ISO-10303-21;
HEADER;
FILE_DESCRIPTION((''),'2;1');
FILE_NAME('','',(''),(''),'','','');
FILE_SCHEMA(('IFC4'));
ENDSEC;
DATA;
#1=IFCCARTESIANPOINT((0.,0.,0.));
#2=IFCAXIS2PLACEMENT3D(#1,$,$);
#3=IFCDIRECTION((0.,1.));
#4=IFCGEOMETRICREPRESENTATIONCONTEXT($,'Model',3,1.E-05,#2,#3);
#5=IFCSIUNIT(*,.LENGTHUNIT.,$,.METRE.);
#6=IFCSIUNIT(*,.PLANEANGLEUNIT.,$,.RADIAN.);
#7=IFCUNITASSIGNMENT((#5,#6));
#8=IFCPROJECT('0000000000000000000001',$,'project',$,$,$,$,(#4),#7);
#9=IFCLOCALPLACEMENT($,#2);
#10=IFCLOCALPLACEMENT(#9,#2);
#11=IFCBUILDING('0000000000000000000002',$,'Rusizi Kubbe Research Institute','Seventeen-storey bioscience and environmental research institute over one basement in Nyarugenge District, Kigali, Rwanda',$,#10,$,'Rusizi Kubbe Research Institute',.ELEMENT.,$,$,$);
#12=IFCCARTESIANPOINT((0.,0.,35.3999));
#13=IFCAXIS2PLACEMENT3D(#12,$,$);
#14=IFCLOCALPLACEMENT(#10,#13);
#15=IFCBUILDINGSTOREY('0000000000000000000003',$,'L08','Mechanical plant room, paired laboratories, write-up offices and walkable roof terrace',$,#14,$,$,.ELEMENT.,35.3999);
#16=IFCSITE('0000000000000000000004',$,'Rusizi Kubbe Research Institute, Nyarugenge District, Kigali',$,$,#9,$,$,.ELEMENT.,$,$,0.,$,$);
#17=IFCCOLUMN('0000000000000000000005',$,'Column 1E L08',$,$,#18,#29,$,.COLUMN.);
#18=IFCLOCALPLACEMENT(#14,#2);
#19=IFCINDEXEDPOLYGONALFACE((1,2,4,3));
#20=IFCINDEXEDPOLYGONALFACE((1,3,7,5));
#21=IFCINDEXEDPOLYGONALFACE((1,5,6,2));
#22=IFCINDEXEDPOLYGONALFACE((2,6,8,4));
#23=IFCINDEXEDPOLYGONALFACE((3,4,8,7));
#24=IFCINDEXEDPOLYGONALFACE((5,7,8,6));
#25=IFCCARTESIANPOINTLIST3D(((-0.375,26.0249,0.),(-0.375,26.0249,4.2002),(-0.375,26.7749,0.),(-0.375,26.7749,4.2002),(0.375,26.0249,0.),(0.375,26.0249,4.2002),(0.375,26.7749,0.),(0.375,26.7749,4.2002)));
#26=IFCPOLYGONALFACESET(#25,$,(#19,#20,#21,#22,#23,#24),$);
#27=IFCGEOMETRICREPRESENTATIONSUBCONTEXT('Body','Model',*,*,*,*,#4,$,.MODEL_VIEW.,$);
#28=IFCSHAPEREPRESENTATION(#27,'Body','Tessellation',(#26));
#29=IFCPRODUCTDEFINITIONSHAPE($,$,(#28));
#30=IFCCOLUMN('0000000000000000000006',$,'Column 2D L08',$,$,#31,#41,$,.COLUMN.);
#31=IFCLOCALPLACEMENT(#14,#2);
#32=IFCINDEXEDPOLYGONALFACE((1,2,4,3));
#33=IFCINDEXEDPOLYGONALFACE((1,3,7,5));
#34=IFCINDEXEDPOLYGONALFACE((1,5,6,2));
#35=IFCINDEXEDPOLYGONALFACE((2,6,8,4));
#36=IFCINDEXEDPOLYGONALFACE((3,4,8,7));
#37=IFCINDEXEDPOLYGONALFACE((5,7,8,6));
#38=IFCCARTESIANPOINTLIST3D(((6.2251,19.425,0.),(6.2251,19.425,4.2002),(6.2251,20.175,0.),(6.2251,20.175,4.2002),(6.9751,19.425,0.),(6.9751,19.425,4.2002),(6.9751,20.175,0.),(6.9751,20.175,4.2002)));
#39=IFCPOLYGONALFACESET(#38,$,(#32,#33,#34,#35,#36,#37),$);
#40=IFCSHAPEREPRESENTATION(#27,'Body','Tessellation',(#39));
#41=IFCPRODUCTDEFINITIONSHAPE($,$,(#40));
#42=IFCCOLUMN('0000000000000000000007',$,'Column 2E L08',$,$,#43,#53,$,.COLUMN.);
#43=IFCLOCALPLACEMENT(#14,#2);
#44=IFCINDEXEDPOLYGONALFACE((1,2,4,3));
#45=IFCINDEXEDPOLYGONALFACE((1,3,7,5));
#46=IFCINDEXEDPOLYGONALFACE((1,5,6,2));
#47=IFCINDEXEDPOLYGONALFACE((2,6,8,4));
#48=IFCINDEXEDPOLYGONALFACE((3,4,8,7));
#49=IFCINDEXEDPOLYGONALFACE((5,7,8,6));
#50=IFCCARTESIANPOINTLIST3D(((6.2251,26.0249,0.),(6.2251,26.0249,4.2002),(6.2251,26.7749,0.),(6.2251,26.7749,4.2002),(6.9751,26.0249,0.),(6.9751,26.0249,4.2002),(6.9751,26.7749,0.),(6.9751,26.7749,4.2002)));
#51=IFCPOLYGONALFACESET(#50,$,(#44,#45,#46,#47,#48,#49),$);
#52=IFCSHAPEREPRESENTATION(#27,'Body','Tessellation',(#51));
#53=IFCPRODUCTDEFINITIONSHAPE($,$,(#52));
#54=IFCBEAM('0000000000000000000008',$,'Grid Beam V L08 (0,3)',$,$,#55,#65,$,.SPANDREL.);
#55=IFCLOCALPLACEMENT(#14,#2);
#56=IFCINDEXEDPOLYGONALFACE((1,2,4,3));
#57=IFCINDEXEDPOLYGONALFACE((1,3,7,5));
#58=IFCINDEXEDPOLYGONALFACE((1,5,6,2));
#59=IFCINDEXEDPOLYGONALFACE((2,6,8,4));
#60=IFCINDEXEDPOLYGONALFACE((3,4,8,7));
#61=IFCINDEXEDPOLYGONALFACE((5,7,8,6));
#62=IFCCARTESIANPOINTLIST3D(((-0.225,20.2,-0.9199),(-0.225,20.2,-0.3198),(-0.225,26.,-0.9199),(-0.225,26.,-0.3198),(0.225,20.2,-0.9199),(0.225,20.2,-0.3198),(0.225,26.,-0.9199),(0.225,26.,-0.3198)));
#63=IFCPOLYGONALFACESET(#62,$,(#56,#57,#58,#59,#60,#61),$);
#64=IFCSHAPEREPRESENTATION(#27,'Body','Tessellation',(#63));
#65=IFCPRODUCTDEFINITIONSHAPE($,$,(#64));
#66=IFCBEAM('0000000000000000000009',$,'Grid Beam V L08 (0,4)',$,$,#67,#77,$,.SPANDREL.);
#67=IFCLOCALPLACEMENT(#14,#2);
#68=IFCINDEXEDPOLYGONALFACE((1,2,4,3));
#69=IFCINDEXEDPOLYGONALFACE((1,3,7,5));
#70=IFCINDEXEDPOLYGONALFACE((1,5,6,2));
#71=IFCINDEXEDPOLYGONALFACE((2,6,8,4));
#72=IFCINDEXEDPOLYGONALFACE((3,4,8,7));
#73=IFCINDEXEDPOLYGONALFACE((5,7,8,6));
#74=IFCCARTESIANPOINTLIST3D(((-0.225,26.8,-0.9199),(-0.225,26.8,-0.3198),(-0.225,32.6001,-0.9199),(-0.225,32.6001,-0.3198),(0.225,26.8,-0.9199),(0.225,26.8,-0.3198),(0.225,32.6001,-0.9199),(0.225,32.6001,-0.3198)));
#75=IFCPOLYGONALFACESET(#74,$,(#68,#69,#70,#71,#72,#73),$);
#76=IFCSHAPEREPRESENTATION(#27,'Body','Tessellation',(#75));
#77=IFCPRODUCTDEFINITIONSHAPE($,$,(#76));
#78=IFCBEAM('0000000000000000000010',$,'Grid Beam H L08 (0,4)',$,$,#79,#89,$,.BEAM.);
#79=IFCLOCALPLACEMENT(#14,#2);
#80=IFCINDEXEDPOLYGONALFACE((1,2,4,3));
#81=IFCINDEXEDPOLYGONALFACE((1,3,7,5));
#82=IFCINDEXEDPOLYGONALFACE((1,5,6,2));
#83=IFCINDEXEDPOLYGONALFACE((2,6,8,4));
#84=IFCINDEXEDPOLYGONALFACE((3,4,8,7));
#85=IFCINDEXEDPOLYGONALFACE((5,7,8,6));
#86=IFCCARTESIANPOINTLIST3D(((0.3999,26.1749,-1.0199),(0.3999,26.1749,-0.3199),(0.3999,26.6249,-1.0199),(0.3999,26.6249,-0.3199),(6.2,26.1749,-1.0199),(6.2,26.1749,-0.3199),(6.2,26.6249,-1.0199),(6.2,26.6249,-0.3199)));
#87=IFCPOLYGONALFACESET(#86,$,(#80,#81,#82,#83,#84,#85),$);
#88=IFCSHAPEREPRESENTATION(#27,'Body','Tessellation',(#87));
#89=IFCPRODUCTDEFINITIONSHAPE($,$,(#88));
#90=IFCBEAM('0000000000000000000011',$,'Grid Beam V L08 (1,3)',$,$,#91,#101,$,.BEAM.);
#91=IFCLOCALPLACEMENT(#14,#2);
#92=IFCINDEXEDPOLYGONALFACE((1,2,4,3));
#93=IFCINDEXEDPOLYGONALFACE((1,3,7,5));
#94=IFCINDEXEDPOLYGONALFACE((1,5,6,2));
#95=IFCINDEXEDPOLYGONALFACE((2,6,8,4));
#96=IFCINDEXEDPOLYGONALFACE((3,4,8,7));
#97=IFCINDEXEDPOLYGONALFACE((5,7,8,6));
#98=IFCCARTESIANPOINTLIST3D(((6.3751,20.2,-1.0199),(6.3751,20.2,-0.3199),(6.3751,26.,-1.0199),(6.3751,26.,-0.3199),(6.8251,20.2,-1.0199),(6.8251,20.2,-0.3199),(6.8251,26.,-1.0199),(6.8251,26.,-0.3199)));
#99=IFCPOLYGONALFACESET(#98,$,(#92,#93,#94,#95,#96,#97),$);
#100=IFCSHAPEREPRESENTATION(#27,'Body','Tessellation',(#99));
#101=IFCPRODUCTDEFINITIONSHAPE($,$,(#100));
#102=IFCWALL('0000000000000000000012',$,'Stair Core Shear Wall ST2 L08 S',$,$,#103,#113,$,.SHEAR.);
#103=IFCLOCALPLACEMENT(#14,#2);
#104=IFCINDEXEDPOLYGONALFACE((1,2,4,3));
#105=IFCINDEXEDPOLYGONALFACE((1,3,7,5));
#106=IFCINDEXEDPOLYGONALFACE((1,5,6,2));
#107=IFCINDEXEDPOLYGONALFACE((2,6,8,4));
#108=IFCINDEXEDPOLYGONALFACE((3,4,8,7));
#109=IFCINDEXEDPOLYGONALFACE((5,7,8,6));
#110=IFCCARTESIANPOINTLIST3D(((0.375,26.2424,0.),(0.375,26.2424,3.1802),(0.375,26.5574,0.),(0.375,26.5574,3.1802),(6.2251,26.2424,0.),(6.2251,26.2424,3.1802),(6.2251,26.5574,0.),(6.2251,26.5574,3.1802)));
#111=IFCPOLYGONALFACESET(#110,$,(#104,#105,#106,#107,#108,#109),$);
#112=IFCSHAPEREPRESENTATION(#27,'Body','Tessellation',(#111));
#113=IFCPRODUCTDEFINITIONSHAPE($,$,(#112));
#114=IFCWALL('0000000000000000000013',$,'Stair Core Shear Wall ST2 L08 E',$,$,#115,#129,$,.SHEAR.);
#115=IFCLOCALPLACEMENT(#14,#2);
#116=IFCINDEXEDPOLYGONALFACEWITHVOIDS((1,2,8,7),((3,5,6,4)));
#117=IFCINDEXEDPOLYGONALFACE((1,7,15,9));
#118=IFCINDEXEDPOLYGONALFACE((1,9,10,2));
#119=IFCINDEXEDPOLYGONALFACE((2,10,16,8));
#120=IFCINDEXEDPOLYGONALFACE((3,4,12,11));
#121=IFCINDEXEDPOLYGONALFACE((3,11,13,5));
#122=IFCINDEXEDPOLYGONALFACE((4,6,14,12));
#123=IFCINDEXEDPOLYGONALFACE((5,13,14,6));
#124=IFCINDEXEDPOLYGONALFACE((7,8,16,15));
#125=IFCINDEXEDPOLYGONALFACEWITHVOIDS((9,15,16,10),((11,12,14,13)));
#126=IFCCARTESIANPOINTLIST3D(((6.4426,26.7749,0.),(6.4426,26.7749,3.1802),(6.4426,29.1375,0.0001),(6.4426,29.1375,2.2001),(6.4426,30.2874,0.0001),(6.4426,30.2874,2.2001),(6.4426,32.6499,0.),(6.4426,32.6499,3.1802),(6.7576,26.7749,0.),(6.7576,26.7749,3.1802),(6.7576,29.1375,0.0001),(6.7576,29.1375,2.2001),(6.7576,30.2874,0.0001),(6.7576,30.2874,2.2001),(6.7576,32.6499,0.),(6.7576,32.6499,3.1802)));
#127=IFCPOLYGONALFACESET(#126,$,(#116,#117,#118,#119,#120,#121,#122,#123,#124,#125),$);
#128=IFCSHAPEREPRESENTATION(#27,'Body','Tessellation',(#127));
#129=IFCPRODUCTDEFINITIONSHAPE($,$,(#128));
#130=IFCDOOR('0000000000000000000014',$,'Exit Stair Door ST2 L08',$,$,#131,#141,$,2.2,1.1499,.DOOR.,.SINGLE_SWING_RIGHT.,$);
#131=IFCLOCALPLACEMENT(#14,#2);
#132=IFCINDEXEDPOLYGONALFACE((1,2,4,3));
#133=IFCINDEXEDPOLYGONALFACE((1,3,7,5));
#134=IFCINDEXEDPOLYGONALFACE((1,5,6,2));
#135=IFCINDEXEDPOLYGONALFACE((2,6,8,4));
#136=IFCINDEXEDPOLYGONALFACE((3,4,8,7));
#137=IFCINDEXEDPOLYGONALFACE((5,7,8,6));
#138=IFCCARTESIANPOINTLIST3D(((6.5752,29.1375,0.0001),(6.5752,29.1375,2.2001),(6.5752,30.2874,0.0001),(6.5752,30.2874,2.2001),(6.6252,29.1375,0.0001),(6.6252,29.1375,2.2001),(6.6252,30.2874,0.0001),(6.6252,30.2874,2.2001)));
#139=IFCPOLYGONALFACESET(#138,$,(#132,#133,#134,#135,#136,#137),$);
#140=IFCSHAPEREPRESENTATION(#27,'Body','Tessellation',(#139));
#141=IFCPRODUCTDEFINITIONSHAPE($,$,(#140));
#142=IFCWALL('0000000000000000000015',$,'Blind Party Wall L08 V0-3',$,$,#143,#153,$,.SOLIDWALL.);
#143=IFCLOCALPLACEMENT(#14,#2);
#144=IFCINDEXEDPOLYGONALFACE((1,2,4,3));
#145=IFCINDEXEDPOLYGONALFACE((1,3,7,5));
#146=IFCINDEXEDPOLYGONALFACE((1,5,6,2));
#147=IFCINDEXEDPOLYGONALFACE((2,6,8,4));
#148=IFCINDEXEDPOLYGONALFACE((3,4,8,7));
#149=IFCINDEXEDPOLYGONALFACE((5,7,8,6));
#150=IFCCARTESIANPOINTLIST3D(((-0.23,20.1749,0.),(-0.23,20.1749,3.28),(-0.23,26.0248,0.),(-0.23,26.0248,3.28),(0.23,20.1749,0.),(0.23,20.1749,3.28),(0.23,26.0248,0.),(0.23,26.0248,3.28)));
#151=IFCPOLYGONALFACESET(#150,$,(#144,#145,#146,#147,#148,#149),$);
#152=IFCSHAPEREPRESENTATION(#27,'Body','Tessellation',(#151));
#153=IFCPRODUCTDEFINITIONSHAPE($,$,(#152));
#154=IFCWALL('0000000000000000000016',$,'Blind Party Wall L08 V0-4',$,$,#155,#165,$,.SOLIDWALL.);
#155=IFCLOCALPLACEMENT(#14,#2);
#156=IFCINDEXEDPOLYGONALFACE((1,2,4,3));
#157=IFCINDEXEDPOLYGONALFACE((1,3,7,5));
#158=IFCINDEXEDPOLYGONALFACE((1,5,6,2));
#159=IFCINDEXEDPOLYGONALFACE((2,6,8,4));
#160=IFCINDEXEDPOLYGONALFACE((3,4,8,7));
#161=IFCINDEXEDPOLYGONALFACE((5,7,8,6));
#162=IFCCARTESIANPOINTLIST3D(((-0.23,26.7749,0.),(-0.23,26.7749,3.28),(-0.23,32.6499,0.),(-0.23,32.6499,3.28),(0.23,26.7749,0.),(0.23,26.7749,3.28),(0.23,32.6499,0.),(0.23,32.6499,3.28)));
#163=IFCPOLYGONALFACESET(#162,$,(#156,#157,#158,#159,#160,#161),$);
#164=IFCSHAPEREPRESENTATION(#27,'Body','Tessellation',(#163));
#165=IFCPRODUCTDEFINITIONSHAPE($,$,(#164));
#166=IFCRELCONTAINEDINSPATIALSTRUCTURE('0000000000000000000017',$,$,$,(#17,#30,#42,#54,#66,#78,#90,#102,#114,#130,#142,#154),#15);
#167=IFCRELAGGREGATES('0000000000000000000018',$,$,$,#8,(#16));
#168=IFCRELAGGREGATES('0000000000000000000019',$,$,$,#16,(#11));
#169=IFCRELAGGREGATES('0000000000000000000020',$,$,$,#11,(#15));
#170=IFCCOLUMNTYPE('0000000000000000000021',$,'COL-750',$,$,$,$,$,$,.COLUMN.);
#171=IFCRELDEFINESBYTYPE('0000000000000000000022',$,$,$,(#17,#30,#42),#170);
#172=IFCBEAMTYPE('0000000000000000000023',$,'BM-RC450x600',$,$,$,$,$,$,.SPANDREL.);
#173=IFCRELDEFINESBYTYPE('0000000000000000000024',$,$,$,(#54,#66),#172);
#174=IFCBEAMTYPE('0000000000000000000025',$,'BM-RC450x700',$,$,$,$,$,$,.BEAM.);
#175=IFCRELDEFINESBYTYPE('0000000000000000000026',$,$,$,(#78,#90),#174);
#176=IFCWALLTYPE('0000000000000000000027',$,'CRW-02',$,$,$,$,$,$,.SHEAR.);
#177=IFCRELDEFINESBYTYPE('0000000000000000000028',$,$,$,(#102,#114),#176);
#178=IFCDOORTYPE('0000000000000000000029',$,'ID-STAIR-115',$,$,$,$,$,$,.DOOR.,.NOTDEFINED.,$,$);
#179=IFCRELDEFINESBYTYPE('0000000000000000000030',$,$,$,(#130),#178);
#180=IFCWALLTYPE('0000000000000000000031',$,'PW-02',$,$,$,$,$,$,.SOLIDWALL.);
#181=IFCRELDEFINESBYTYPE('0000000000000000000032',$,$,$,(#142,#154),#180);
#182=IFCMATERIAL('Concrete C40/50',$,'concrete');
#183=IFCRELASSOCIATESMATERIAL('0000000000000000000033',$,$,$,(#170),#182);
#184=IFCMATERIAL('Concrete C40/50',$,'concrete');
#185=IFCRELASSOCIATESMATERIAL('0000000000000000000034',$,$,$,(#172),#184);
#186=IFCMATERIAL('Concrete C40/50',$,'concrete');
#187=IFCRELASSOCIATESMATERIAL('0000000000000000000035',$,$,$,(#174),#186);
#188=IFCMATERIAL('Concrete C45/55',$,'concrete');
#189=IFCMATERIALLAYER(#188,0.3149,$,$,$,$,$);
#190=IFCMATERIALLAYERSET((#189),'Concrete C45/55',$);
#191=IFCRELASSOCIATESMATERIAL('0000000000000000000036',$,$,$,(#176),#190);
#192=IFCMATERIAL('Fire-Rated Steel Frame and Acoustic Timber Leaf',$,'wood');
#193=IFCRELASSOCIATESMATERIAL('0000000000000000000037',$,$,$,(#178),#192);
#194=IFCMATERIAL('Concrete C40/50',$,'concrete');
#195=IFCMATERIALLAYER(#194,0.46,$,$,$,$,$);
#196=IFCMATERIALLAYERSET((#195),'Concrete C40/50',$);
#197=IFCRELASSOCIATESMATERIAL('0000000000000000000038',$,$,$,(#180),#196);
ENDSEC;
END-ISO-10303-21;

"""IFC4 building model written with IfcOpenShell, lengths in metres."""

from ifc_helpers import new_model, si_unit, direction, frame, frame_2d, origin, origin_2d, place, context, subcontext, project, spatial, rectangle, extrude, material, layer, layer_set, material_profile, profile_set, type_object, element, fill, save


model = new_model("IFC4")

# Units and contexts
model_context = context("Model", 3, precision=1e-05, world=origin(), true_north=direction((0.0, 1.0)))
body_context = subcontext(model_context, "Body", "Model", "MODEL_VIEW")
ifc_project = project(units=[si_unit("LENGTHUNIT", "METRE"), si_unit("PLANEANGLEUNIT", "RADIAN")], contexts=[model_context])

# Site, building, storey
site_placement = place(None, origin())
site = spatial("IfcSite", under=ifc_project, at=site_placement, Name="Rusizi Kubbe Research Institute, Nyarugenge District, Kigali", CompositionType="ELEMENT", RefElevation=0.0)
building_placement = place(site_placement, origin())
building = spatial("IfcBuilding", under=site, at=building_placement, Name="Rusizi Kubbe Research Institute", Description="Seventeen-storey bioscience and environmental research institute over one basement in Nyarugenge District, Kigali, Rwanda", LongName="Rusizi Kubbe Research Institute", CompositionType="ELEMENT")
storey_placement = place(building_placement, frame((0.0, 0.0, 35.3999)))
storey = spatial("IfcBuildingStorey", under=building, at=storey_placement, Name="L08", Description="Mechanical plant room, paired laboratories, write-up offices and walkable roof terrace", CompositionType="ELEMENT", Elevation=35.3999)

# Columns
ifc_material_1 = material(Name="Concrete C40/50", Category="concrete")
ifc_material_profile_1 = material_profile(ifc_material_1, rectangle(XDim=0.75, YDim=0.75, at=origin_2d()), Name="RC750x750")
ifc_profile_set_1 = profile_set([ifc_material_profile_1], Name="Concrete C40/50")
column_type = type_object("IfcColumnType", Name="COL-750", PredefinedType="COLUMN", material=ifc_profile_set_1)
for number, where, z_axis, x_axis, name in (
    (1, (0.0, 26.3999, 0.0), (0.0, 0.0, 1.0), (1.0, 0.0, 0.0), "Column 1E L08"),
    (2, (6.6001, 19.8, 0.0), (0.0, 0.0, 1.0), (1.0, 0.0, 0.0), "Column 2D L08"),
    (3, (6.6001, 26.3999, 0.0), (0.0, 0.0, 1.0), (1.0, 0.0, 0.0), "Column 2E L08"),
):
    element("IfcColumn", number, at=place(storey_placement, frame(where, z_axis=z_axis, x_axis=x_axis)), inside=storey, type_object=column_type, Name=name, PredefinedType="COLUMN", context=body_context, shape_type="SweptSolid", body=[
        extrude(rectangle(XDim=0.75, YDim=0.75, at=origin_2d()), origin(), (0.0, 0.0, 1.0), 4.2002),
    ])

# Beams
ifc_material_2 = material(Name="Concrete C40/50", Category="concrete")
ifc_material_profile_2 = material_profile(ifc_material_2, rectangle(XDim=0.45, YDim=0.6001, at=origin_2d()), Name="RC450x600")
ifc_profile_set_2 = profile_set([ifc_material_profile_2], Name="Concrete C40/50")
beam_type_1 = type_object("IfcBeamType", Name="BM-RC450x600", PredefinedType="SPANDREL", material=ifc_profile_set_2)
for number, where, z_axis, x_axis, name in (
    (4, (0.0, 20.2, -0.6199), (0.0, 1.0, 0.0), (-1.0, 0.0, 0.0), "Grid Beam V L08 (0,3)"),
    (5, (0.0, 26.8, -0.6199), (0.0, 1.0, 0.0), (-1.0, 0.0, 0.0), "Grid Beam V L08 (0,4)"),
):
    element("IfcBeam", number, at=place(storey_placement, frame(where, z_axis=z_axis, x_axis=x_axis)), inside=storey, type_object=beam_type_1, Name=name, PredefinedType="SPANDREL", context=body_context, shape_type="SweptSolid", body=[
        extrude(rectangle(XDim=0.45, YDim=0.6001, at=origin_2d()), origin(), (0.0, 0.0, 1.0), 5.8),
    ])
ifc_material_3 = material(Name="Concrete C40/50", Category="concrete")
ifc_material_profile_3 = material_profile(ifc_material_3, rectangle(XDim=0.45, YDim=0.7, at=origin_2d()), Name="RC450x700B")
ifc_profile_set_3 = profile_set([ifc_material_profile_3], Name="Concrete C40/50")
beam_type_2 = type_object("IfcBeamType", Name="BM-RC450x700", PredefinedType="BEAM", material=ifc_profile_set_3)
for number, where, z_axis, x_axis, name in (
    (6, (0.3999, 26.3999, -0.6699), (1.0, 0.0, 0.0), (0.0, 1.0, 0.0), "Grid Beam H L08 (0,4)"),
    (7, (6.6001, 20.2, -0.6699), (0.0, 1.0, 0.0), (-1.0, 0.0, 0.0), "Grid Beam V L08 (1,3)"),
):
    element("IfcBeam", number, at=place(storey_placement, frame(where, z_axis=z_axis, x_axis=x_axis)), inside=storey, type_object=beam_type_2, Name=name, PredefinedType="BEAM", context=body_context, shape_type="SweptSolid", body=[
        extrude(rectangle(XDim=0.45, YDim=0.7, at=origin_2d()), origin(), (0.0, 0.0, 1.0), 5.8),
    ])

# Wall
ifc_material_4 = material(Name="Concrete C45/55", Category="concrete")
ifc_layer_1 = layer(ifc_material_4, 0.3149)
ifc_layer_set_1 = layer_set([ifc_layer_1], Name="Concrete C45/55")
wall_type_1 = type_object("IfcWallType", Name="CRW-02", PredefinedType="SHEAR", material=ifc_layer_set_1)
wall_1_placement = place(storey_placement, frame((0.375, 26.3999, 0.0), z_axis=(0.0, 0.0, 1.0), x_axis=(1.0, 0.0, 0.0)))
element("IfcWall", 8, at=wall_1_placement, inside=storey, type_object=wall_type_1, Name="Stair Core Shear Wall ST2 L08 S", PredefinedType="SHEAR", context=body_context, shape_type="SweptSolid", body=[
    extrude(rectangle(XDim=5.8501, YDim=0.3149, at=frame_2d((2.925, 0.0))), origin(), (0.0, 0.0, 1.0), 3.1802),
])

# Wall, opening, door
wall_2_placement = place(storey_placement, frame((6.6001, 26.7749, 0.0), z_axis=(0.0, 0.0, 1.0), x_axis=(0.0, 1.0, 0.0)))
wall_2 = element("IfcWall", 9, at=wall_2_placement, inside=storey, type_object=wall_type_1, Name="Stair Core Shear Wall ST2 L08 E", PredefinedType="SHEAR", context=body_context, shape_type="SweptSolid", body=[
    extrude(rectangle(XDim=5.875, YDim=0.3149, at=frame_2d((2.9375, 0.0))), origin(), (0.0, 0.0, 1.0), 3.1802),
])
opening_1_placement = place(wall_2_placement, frame((2.3625, 0.0, 0.0)))
opening_1 = element("IfcOpeningElement", 10, at=opening_1_placement, cuts=wall_2, PredefinedType="OPENING", context=body_context, shape_type="SweptSolid", body=[
    extrude(rectangle(XDim=1.1499, YDim=2.2, at=frame_2d((0.575, 1.1001))), frame((0.0, 0.1675, 0.0), z_axis=(0.0, -1.0, 0.0), x_axis=(1.0, 0.0, 0.0)), (0.0, 0.0, 1.0), 0.335),
])
ifc_material_5 = material(Name="Fire-Rated Steel Frame and Acoustic Timber Leaf", Category="wood")
door_type_1 = type_object("IfcDoorType", Name="ID-STAIR-115", OperationType="NOTDEFINED", PredefinedType="DOOR", material=ifc_material_5)
door_1_placement = place(opening_1_placement, origin())
door_1 = element("IfcDoor", 11, at=door_1_placement, inside=storey, type_object=door_type_1, Name="Exit Stair Door ST2 L08", OperationType="SINGLE_SWING_RIGHT", OverallHeight=2.2, OverallWidth=1.1499, PredefinedType="DOOR", context=body_context, shape_type="SweptSolid", body=[
    extrude(rectangle(XDim=1.1499, YDim=2.2, at=frame_2d((0.575, 1.1001))), frame((0.0, 0.0249, 0.0), z_axis=(0.0, -1.0, 0.0), x_axis=(1.0, 0.0, 0.0)), (0.0, 0.0, 1.0), 0.05),
])
fill(opening_1, door_1)

# Walls
ifc_material_6 = material(Name="Concrete C40/50", Category="concrete")
ifc_layer_2 = layer(ifc_material_6, 0.46)
ifc_layer_set_2 = layer_set([ifc_layer_2], Name="Concrete C40/50")
wall_type_2 = type_object("IfcWallType", Name="PW-02", PredefinedType="SOLIDWALL", material=ifc_layer_set_2)
wall_3_placement = place(storey_placement, frame((0.0, 20.175, 0.0), z_axis=(0.0, 0.0, 1.0), x_axis=(0.0, 1.0, 0.0)))
element("IfcWall", 12, at=wall_3_placement, inside=storey, type_object=wall_type_2, Name="Blind Party Wall L08 V0-3", PredefinedType="SOLIDWALL", context=body_context, shape_type="SweptSolid", body=[
    extrude(rectangle(XDim=5.8499, YDim=0.46, at=frame_2d((2.9248, 0.0))), origin(), (0.0, 0.0, 1.0), 3.28),
])
wall_4_placement = place(storey_placement, frame((0.0, 26.7749, 0.0), z_axis=(0.0, 0.0, 1.0), x_axis=(0.0, 1.0, 0.0)))
element("IfcWall", 13, at=wall_4_placement, inside=storey, type_object=wall_type_2, Name="Blind Party Wall L08 V0-4", PredefinedType="SOLIDWALL", context=body_context, shape_type="SweptSolid", body=[
    extrude(rectangle(XDim=5.875, YDim=0.46, at=frame_2d((2.9375, 0.0))), origin(), (0.0, 0.0, 1.0), 3.28),
])

save(model, "model.ifc")
